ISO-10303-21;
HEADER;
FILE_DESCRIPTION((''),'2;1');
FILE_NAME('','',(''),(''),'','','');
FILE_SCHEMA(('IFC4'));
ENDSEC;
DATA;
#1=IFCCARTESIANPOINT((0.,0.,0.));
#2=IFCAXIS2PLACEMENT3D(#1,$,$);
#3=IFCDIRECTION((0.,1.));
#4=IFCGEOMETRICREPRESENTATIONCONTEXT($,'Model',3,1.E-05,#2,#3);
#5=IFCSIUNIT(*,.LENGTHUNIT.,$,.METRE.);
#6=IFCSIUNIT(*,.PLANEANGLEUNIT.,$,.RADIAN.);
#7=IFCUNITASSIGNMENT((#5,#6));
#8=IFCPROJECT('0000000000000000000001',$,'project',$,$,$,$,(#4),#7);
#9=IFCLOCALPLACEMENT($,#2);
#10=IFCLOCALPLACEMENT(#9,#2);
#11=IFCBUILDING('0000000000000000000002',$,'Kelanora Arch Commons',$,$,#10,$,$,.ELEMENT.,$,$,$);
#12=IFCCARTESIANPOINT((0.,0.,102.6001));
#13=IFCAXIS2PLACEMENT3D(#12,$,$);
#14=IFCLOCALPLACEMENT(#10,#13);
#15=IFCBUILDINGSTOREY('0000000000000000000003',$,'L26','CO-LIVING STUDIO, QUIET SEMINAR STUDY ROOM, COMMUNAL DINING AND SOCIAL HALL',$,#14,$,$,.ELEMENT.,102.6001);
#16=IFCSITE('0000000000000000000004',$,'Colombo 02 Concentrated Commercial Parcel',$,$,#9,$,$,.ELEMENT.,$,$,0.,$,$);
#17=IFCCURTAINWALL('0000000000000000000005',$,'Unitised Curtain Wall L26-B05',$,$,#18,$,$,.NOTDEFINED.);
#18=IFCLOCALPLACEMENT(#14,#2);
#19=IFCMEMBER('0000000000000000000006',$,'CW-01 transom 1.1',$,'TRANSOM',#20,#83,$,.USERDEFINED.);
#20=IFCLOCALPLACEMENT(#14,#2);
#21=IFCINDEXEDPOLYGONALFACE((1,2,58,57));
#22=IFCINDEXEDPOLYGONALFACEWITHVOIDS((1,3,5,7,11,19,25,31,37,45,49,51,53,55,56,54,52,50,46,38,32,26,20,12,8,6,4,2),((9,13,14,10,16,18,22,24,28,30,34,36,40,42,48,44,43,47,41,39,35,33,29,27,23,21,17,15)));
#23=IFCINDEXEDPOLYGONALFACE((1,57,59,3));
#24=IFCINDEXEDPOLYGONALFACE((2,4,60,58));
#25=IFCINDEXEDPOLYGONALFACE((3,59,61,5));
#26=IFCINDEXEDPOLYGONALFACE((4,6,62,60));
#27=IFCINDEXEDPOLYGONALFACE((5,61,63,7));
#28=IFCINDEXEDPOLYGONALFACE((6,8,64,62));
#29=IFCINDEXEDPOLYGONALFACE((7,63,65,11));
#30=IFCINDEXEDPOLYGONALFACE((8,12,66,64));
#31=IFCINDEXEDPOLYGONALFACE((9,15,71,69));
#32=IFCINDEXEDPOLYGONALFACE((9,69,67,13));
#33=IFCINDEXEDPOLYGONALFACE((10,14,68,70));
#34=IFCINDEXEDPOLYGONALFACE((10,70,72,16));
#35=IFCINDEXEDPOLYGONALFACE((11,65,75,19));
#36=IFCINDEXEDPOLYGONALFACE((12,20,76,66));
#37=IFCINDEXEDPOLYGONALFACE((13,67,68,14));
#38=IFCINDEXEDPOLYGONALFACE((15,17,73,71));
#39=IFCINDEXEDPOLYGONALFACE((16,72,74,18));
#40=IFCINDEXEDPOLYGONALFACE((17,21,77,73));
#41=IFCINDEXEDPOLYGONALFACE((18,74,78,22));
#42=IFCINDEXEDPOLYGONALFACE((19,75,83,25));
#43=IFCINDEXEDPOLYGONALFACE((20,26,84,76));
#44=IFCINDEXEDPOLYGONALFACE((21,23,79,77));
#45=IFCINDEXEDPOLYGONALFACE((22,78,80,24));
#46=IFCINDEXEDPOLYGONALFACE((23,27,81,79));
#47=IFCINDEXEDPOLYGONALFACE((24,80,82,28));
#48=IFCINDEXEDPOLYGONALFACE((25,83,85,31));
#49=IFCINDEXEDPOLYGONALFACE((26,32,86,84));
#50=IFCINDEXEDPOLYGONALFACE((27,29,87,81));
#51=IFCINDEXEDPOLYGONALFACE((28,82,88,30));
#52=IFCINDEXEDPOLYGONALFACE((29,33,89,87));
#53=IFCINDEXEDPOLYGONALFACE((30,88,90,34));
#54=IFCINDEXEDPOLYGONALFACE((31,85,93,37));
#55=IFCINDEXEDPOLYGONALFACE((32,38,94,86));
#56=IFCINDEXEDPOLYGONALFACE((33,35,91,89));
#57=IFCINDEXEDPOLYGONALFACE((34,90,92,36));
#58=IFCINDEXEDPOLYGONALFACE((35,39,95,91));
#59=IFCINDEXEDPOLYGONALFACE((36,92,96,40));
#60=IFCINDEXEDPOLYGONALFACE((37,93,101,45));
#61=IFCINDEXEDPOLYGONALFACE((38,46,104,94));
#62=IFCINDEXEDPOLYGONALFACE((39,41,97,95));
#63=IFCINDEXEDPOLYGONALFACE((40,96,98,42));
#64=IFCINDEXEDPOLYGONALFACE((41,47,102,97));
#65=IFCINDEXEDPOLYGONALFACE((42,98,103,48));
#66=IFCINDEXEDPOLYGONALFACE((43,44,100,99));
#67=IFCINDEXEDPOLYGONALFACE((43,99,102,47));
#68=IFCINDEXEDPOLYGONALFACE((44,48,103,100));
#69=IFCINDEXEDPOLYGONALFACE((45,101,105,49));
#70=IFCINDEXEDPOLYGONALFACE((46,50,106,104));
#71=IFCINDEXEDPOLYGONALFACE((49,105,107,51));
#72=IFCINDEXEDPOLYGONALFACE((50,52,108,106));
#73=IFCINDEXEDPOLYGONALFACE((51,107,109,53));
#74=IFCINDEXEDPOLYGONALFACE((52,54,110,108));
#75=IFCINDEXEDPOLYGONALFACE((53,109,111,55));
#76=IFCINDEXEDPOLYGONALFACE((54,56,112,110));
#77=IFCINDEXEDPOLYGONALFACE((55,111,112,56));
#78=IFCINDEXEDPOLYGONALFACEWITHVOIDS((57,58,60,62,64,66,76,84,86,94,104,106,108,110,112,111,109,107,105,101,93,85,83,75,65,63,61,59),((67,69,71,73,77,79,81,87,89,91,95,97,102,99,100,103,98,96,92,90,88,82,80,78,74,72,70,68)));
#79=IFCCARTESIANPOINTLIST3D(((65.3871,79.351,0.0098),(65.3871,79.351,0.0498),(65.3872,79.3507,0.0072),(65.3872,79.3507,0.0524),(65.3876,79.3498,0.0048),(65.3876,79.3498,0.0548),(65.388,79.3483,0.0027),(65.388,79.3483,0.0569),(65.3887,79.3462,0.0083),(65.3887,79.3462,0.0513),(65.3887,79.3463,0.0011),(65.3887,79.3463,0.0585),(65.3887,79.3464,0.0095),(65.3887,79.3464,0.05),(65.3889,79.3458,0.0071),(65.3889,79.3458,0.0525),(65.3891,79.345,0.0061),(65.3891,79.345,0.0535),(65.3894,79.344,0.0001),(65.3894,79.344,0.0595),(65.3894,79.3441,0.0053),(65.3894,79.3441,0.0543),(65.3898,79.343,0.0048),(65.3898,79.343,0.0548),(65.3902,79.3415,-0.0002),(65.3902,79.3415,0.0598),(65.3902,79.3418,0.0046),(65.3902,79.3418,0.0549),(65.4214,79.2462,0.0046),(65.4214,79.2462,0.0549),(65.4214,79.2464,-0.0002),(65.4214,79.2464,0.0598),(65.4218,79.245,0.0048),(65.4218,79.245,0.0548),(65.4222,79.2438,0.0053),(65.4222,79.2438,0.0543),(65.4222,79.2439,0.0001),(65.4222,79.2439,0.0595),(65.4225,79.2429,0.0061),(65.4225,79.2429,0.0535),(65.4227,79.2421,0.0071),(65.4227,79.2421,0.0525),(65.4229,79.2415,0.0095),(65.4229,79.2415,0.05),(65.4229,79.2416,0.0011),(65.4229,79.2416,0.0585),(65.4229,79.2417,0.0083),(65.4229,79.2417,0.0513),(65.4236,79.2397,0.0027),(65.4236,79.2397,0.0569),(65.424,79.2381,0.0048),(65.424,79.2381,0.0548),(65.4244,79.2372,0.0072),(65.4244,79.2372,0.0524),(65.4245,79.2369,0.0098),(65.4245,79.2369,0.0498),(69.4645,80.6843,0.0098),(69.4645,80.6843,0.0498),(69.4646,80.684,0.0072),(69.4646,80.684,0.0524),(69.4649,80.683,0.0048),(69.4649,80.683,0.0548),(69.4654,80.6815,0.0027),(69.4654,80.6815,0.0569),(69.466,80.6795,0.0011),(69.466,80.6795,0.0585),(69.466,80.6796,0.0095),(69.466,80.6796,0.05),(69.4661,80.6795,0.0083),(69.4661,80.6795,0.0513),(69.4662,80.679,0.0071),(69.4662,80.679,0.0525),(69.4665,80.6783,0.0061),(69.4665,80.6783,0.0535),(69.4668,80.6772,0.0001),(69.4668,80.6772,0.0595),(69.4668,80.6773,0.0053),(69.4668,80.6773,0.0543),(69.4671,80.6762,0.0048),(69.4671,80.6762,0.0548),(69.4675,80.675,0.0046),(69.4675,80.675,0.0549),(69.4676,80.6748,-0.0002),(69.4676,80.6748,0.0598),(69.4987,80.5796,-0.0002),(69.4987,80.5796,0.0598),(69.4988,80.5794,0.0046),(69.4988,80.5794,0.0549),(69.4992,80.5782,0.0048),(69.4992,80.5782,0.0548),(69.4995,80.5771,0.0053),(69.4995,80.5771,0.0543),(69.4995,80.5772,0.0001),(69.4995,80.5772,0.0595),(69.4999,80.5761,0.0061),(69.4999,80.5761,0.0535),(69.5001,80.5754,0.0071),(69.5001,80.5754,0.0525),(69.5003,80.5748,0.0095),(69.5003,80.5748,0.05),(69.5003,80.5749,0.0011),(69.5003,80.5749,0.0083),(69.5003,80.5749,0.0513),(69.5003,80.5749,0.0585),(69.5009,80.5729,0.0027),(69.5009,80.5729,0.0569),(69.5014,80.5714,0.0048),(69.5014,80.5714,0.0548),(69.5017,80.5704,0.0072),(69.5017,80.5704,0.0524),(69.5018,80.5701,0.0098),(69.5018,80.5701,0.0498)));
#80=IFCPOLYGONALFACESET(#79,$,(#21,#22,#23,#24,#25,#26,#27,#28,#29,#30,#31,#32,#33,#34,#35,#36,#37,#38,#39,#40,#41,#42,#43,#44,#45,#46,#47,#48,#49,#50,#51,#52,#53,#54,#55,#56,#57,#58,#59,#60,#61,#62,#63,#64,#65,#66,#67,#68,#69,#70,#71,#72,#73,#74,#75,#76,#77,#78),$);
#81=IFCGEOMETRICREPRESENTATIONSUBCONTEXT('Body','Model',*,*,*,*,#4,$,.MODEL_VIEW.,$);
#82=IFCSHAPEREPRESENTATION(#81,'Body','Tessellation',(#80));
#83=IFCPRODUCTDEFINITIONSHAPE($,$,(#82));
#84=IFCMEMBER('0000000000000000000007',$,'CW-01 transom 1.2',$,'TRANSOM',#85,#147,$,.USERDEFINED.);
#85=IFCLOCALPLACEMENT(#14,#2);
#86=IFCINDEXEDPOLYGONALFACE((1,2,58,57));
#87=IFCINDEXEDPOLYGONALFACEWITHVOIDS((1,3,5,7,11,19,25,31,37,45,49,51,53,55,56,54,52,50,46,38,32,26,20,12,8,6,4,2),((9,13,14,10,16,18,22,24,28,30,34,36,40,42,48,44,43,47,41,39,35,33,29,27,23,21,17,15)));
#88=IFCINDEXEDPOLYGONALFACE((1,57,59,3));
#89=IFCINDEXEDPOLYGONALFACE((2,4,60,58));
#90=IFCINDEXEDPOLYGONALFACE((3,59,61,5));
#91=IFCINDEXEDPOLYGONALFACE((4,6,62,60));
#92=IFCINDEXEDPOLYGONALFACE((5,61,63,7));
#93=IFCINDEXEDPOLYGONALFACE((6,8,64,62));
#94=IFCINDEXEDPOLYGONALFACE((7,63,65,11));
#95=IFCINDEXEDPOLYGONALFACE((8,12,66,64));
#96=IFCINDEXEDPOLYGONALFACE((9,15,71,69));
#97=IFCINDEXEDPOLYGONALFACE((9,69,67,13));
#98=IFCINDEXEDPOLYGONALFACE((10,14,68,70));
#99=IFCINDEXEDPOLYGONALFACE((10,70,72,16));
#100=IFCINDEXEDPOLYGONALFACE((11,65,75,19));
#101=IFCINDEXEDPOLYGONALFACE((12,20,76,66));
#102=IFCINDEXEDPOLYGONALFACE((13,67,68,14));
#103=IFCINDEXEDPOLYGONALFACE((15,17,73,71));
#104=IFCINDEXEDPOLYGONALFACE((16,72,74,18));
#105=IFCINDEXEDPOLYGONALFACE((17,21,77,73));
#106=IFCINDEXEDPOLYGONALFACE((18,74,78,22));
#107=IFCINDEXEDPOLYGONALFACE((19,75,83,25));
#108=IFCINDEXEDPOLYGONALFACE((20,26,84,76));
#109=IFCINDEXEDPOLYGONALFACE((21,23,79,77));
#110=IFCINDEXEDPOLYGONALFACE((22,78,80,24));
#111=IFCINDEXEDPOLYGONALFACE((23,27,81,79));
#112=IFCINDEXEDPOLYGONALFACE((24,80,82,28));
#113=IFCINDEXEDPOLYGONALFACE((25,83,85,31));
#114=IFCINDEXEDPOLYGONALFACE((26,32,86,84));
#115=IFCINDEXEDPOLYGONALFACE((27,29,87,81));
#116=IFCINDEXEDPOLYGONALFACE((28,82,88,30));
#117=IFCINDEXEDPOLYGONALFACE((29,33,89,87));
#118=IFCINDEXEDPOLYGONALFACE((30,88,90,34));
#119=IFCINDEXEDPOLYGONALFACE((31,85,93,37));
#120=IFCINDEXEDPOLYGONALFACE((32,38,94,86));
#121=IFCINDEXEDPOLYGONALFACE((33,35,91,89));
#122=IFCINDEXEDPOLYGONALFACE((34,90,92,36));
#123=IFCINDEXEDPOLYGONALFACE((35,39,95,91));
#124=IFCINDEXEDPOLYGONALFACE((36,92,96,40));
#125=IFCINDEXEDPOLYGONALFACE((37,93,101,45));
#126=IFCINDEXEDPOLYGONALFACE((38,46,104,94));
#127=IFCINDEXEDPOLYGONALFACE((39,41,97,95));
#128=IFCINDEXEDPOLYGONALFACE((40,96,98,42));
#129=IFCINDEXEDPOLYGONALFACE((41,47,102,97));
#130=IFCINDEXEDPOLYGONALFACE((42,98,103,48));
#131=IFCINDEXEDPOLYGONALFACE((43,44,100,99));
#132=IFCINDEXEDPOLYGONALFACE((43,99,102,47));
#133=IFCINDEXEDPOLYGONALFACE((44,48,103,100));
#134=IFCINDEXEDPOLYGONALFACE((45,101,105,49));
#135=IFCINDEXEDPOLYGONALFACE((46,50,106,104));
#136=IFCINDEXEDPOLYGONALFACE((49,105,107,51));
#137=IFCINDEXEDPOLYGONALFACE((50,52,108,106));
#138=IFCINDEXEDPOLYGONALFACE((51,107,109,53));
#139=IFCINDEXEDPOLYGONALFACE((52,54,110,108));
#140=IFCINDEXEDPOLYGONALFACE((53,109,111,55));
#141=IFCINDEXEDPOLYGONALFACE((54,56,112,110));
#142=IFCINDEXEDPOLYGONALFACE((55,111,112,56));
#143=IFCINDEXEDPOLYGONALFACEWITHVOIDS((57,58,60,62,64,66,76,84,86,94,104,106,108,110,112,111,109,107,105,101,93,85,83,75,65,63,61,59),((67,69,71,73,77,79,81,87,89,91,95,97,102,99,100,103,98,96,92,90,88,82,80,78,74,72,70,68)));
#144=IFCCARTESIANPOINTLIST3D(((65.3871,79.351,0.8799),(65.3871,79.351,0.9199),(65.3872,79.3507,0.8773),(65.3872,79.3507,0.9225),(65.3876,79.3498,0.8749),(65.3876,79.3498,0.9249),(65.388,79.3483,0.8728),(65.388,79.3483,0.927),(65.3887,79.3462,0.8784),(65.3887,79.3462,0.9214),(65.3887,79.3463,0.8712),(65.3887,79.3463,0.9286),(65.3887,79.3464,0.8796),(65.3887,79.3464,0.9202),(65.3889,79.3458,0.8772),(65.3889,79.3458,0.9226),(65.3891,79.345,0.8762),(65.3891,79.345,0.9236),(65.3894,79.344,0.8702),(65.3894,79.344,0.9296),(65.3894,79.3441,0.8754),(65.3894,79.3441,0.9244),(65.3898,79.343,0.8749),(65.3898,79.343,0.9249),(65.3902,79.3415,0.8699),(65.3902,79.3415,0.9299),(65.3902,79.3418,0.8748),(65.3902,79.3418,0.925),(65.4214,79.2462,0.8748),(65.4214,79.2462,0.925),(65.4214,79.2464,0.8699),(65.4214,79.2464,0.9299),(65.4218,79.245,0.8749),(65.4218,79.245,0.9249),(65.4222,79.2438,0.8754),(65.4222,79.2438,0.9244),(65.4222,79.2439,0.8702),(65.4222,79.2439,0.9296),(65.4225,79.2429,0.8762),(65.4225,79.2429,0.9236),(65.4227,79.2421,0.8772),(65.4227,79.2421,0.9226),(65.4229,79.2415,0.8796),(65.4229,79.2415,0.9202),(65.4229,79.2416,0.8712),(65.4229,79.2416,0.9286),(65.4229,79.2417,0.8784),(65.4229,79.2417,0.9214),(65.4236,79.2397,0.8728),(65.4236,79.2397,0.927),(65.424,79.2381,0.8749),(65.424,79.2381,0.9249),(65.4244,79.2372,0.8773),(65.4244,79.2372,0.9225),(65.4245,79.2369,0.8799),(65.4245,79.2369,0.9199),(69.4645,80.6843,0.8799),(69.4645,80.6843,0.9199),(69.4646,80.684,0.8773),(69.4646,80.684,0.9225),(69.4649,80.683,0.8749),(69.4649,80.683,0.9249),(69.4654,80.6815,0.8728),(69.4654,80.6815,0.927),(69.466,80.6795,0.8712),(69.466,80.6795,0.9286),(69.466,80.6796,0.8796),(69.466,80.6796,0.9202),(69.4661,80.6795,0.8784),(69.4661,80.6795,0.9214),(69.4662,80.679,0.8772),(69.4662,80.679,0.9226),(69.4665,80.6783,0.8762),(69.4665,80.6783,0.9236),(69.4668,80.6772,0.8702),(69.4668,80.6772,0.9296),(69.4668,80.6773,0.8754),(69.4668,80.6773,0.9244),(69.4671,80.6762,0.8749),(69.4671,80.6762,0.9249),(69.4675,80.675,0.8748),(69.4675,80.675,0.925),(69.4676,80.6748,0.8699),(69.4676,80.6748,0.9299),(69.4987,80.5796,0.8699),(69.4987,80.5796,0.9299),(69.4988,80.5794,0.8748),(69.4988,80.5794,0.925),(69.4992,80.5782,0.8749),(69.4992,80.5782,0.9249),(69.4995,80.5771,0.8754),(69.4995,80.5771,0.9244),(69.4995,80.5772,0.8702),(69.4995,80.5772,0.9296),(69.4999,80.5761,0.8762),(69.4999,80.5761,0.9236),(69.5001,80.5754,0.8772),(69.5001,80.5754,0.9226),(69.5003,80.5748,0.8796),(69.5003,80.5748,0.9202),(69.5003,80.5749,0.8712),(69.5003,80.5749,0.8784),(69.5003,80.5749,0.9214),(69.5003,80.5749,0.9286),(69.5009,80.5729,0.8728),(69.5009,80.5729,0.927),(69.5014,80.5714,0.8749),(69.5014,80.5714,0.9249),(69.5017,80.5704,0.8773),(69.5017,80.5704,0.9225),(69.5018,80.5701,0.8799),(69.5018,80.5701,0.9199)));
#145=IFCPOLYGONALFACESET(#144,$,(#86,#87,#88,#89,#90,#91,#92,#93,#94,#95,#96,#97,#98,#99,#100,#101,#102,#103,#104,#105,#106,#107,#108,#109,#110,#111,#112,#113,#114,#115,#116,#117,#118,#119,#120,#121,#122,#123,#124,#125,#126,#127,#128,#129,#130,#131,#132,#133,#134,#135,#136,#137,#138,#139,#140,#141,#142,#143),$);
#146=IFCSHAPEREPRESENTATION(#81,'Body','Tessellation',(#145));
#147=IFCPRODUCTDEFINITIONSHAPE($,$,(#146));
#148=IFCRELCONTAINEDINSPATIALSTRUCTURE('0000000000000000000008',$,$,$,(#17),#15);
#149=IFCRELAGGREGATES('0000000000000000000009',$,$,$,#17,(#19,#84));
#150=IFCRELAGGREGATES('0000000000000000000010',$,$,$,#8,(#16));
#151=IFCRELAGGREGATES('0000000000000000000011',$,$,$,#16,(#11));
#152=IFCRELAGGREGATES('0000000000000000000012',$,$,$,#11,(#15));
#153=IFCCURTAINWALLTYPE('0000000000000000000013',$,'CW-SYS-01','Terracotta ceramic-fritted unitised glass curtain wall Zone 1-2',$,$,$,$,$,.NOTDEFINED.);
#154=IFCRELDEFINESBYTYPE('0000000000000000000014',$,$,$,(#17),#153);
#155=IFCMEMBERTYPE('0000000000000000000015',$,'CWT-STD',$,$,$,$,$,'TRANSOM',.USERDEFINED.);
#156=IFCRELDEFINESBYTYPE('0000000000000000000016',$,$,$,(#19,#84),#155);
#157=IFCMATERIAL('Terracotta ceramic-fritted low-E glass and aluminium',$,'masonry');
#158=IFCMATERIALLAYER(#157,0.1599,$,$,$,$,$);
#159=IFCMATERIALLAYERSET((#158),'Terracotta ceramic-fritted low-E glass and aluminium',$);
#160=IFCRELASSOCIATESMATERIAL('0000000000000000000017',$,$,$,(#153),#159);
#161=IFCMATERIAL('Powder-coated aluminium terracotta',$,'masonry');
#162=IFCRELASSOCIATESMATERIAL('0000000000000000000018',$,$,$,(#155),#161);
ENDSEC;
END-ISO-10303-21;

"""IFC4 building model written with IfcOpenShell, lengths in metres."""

from ifc_helpers import new_model, si_unit, direction, frame, origin, origin_2d, place, context, subcontext, project, spatial, hollow_rectangle, extrude, material, layer, layer_set, material_profile, profile_set, type_object, element, aggregate, save


model = new_model("IFC4")

# Units and contexts
model_context = context("Model", 3, precision=1e-05, world=origin(), true_north=direction((0.0, 1.0)))
body_context = subcontext(model_context, "Body", "Model", "MODEL_VIEW")
ifc_project = project(units=[si_unit("LENGTHUNIT", "METRE"), si_unit("PLANEANGLEUNIT", "RADIAN")], contexts=[model_context])

# Site, building, storey
site_placement = place(None, origin())
site = spatial("IfcSite", under=ifc_project, at=site_placement, Name="Colombo 02 Concentrated Commercial Parcel", CompositionType="ELEMENT", RefElevation=0.0)
building_placement = place(site_placement, origin())
building = spatial("IfcBuilding", under=site, at=building_placement, Name="Kelanora Arch Commons", CompositionType="ELEMENT")
storey_placement = place(building_placement, frame((0.0, 0.0, 102.6001)))
storey = spatial("IfcBuildingStorey", under=building, at=storey_placement, Name="L26", Description="CO-LIVING STUDIO, QUIET SEMINAR STUDY ROOM, COMMUNAL DINING AND SOCIAL HALL", CompositionType="ELEMENT", Elevation=102.6001)

# Curtain wall, members
ifc_material_1 = material(Name="Terracotta ceramic-fritted low-E glass and aluminium", Category="masonry")
ifc_layer_1 = layer(ifc_material_1, 0.1599)
ifc_layer_set_1 = layer_set([ifc_layer_1], Name="Terracotta ceramic-fritted low-E glass and aluminium")
curtain_wall_type = type_object("IfcCurtainWallType", Name="CW-SYS-01", Description="Terracotta ceramic-fritted unitised glass curtain wall Zone 1-2", PredefinedType="NOTDEFINED", material=ifc_layer_set_1)
curtain_wall_placement = place(storey_placement, origin())
curtain_wall = element("IfcCurtainWall", 1, at=curtain_wall_placement, inside=storey, type_object=curtain_wall_type, Name="Unitised Curtain Wall L26-B05", PredefinedType="NOTDEFINED")
ifc_material_2 = material(Name="Powder-coated aluminium terracotta", Category="masonry")
ifc_material_profile_1 = material_profile(ifc_material_2, hollow_rectangle(XDim=0.1201, YDim=0.0601, WallThickness=0.0049, InnerFilletRadius=0.0049, OuterFilletRadius=0.01, at=origin_2d()), Name="CWT120x60")
ifc_profile_set_1 = profile_set([ifc_material_profile_1], Name="Powder-coated aluminium terracotta")
member_type_1 = type_object("IfcMemberType", Name="CWT-STD", ElementType="TRANSOM", PredefinedType="USERDEFINED", material=ifc_profile_set_1)
member_1_placement = place(storey_placement, frame((69.4832, 80.6272, 0.0298), z_axis=(-0.950478, -0.310793, 0.0), x_axis=(0.310793, -0.950478, 0.0)))
member_1 = element("IfcMember", 2, at=member_1_placement, type_object=member_type_1, Name="CW-01 transom 1.1", ObjectType="TRANSOM", PredefinedType="USERDEFINED", context=body_context, shape_type="SweptSolid", body=[
    extrude(hollow_rectangle(XDim=0.1201, YDim=0.0601, WallThickness=0.0049, InnerFilletRadius=0.0049, OuterFilletRadius=0.01, at=origin_2d()), origin(), (0.0, 0.0, 1.0), 4.2898),
])
member_2_placement = place(storey_placement, frame((69.4832, 80.6272, 0.8999), z_axis=(-0.950478, -0.310793, 0.0), x_axis=(0.310793, -0.950478, 0.0)))
member_2 = element("IfcMember", 3, at=member_2_placement, type_object=member_type_1, Name="CW-01 transom 1.2", ObjectType="TRANSOM", PredefinedType="USERDEFINED", context=body_context, shape_type="SweptSolid", body=[
    extrude(hollow_rectangle(XDim=0.1201, YDim=0.0601, WallThickness=0.0049, InnerFilletRadius=0.0049, OuterFilletRadius=0.01, at=origin_2d()), origin(), (0.0, 0.0, 1.0), 4.2898),
])
aggregate(curtain_wall, [member_1, member_2])

save(model, "model.ifc")
